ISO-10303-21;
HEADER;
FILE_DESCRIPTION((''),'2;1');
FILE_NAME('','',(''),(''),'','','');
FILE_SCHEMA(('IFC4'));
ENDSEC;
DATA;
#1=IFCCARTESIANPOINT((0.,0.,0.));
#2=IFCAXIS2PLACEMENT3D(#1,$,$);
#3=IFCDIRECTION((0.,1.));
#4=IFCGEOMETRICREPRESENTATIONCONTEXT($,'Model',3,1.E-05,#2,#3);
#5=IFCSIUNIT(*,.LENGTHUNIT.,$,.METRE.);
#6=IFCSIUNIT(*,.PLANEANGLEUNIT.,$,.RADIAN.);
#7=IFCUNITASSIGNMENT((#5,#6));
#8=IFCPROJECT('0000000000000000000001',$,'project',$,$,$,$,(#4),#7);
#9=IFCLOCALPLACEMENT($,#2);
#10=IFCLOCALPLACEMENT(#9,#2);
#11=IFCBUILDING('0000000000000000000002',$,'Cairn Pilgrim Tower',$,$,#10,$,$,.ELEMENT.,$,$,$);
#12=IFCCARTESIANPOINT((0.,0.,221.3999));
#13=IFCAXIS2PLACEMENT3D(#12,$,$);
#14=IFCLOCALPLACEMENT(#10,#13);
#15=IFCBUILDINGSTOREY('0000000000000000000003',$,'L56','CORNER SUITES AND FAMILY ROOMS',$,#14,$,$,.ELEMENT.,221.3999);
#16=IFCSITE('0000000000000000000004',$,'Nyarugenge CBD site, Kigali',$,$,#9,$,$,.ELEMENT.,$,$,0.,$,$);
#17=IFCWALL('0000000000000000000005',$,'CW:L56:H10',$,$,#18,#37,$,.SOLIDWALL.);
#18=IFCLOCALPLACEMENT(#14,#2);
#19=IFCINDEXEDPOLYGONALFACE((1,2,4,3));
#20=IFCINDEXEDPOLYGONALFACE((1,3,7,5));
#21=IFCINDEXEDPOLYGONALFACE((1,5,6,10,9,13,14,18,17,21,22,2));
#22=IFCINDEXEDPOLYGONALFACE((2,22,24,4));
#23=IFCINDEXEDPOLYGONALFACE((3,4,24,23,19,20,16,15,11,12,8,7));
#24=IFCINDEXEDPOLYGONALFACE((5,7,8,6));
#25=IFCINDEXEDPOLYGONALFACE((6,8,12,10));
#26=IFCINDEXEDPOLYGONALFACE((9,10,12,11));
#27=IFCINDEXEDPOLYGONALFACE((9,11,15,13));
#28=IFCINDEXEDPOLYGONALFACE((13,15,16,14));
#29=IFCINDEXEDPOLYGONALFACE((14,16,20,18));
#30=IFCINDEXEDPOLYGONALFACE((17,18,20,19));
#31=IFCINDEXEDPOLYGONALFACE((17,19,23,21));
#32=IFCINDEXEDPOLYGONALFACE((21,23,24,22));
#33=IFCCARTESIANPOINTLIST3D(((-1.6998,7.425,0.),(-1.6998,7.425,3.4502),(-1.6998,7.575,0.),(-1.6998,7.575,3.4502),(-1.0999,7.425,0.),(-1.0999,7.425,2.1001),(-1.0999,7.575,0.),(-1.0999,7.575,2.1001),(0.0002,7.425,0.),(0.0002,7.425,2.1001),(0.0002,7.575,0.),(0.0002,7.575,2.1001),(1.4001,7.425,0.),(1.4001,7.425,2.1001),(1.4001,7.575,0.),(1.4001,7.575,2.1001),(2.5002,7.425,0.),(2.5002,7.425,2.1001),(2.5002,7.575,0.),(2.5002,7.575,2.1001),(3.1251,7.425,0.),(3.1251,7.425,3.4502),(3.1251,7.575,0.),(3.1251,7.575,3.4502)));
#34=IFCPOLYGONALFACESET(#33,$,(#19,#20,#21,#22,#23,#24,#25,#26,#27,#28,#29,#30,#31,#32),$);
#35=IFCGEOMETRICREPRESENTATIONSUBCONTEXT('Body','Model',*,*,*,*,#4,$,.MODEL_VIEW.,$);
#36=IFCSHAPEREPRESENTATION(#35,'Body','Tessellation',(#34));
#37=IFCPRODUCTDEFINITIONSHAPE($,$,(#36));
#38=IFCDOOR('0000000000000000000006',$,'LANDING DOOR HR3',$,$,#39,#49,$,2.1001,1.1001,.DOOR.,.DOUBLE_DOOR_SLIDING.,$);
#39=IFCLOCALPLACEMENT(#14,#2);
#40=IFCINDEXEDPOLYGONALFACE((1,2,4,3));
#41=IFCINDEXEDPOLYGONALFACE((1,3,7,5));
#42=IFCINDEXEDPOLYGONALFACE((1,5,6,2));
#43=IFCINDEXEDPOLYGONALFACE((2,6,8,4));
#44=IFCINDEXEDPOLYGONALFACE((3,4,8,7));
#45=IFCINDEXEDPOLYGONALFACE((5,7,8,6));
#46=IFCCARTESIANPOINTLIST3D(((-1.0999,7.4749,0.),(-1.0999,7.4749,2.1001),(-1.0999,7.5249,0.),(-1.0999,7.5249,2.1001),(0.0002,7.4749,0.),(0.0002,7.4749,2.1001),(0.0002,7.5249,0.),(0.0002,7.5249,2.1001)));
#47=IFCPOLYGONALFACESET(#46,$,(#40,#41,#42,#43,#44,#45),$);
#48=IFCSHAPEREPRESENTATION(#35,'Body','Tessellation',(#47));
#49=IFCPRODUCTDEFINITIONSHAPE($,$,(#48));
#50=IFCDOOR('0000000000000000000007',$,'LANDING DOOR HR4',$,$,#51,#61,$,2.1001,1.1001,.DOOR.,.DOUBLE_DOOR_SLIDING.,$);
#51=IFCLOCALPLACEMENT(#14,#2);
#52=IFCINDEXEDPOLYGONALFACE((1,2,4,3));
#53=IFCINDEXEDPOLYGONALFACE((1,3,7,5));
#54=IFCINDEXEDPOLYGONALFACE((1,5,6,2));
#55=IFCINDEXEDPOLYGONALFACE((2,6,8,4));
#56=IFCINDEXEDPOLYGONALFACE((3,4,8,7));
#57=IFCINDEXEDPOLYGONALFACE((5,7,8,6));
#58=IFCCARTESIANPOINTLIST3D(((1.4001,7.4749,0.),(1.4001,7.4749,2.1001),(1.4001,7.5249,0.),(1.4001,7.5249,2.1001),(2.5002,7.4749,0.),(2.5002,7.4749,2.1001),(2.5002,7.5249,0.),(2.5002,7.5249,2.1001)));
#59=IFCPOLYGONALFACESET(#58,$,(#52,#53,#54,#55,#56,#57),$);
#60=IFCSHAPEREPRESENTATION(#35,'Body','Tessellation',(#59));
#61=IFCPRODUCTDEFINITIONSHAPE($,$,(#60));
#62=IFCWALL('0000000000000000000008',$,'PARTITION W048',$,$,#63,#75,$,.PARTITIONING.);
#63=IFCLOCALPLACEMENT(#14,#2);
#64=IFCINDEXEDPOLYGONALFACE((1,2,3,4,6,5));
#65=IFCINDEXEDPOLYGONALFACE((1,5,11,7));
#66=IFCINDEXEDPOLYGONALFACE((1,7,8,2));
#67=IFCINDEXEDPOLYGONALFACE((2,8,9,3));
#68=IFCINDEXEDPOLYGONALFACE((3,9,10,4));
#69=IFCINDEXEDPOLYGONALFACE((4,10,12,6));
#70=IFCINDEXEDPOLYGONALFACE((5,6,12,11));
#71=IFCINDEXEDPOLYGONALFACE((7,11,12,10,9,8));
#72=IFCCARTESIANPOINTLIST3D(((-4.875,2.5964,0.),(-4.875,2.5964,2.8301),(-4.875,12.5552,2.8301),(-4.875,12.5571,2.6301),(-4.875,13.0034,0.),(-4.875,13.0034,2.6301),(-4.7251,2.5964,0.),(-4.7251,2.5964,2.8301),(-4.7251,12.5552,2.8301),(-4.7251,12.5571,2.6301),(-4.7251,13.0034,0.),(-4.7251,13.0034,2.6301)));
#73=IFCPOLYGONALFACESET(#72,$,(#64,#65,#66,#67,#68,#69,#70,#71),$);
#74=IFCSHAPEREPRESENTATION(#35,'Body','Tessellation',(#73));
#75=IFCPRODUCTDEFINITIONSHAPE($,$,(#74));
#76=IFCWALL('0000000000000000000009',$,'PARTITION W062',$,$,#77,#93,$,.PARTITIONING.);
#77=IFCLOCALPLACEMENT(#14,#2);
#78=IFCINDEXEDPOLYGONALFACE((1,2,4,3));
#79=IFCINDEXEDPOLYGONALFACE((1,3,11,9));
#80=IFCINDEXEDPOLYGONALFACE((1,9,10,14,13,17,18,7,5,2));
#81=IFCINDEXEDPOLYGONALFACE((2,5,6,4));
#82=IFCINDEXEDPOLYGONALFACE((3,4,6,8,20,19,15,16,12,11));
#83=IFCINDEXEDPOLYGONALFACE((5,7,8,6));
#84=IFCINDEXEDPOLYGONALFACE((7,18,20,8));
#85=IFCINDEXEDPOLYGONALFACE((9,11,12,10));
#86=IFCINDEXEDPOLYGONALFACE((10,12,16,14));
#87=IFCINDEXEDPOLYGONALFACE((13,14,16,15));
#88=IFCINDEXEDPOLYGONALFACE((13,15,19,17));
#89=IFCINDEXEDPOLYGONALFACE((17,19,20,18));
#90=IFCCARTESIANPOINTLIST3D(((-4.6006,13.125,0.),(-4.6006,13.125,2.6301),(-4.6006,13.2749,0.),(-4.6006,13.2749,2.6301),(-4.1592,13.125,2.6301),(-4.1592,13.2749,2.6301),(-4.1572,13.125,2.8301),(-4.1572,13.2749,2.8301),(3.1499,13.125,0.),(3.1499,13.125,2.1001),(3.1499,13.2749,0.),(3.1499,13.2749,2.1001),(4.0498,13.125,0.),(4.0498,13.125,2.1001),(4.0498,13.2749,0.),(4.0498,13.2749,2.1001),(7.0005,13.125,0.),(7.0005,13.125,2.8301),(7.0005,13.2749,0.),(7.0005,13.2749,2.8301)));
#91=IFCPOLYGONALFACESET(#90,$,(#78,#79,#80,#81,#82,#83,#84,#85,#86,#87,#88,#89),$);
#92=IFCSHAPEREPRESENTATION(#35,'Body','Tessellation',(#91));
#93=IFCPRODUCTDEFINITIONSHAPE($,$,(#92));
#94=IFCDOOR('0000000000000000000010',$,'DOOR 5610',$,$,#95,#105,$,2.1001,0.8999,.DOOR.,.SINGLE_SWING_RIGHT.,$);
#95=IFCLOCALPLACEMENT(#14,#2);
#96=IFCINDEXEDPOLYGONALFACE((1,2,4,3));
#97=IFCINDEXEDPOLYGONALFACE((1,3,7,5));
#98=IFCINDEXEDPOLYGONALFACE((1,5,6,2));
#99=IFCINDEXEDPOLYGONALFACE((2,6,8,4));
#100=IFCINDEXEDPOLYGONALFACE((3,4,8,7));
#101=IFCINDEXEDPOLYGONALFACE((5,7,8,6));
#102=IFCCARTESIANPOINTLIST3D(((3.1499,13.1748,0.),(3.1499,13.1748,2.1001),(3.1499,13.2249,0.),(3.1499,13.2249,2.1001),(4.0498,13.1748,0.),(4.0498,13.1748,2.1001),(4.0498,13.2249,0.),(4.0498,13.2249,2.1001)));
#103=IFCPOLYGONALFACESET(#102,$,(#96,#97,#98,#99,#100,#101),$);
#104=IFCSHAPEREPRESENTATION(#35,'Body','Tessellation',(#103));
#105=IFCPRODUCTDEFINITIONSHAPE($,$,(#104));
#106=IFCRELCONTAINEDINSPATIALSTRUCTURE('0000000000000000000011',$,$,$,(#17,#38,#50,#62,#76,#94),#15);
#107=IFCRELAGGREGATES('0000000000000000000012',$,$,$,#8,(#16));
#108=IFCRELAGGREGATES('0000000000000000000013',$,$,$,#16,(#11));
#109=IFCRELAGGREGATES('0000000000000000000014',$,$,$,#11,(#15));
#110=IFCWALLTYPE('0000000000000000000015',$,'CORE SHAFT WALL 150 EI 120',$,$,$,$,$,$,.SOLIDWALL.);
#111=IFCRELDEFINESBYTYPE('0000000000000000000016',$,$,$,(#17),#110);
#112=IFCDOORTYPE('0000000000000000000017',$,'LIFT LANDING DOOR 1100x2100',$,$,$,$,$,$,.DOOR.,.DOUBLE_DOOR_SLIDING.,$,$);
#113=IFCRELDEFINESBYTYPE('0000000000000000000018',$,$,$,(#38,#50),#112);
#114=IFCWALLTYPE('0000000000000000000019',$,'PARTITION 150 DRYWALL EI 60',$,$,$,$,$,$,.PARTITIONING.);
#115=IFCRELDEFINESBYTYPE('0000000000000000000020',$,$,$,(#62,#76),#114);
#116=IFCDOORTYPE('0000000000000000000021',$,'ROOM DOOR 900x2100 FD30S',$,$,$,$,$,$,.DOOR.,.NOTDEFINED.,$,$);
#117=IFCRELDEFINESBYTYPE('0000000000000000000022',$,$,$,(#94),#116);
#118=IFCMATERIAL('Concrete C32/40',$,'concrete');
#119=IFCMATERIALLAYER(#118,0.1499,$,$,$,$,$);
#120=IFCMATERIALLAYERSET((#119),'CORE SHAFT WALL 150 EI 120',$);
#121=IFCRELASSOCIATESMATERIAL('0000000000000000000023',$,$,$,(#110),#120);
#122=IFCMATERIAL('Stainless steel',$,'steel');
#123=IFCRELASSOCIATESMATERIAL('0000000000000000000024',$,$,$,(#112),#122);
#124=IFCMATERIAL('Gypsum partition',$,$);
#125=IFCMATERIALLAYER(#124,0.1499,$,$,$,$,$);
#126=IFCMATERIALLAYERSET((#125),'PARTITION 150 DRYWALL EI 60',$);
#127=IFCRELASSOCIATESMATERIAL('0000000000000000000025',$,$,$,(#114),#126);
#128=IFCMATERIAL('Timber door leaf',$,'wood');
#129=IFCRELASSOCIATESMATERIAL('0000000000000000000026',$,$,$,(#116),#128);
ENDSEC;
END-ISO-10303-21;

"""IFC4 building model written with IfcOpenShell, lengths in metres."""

from ifc_helpers import new_model, si_unit, direction, frame, frame_2d, origin, place, context, subcontext, project, spatial, polyline, rectangle, outline, extrude, material, layer, layer_set, type_object, element, fill, save


model = new_model("IFC4")

# Units and contexts
model_context = context("Model", 3, precision=1e-05, world=origin(), true_north=direction((0.0, 1.0)))
body_context = subcontext(model_context, "Body", "Model", "MODEL_VIEW")
ifc_project = project(units=[si_unit("LENGTHUNIT", "METRE"), si_unit("PLANEANGLEUNIT", "RADIAN")], contexts=[model_context])

# Site, building, storey
site_placement = place(None, origin())
site = spatial("IfcSite", under=ifc_project, at=site_placement, Name="Nyarugenge CBD site, Kigali", CompositionType="ELEMENT", RefElevation=0.0)
building_placement = place(site_placement, origin())
building = spatial("IfcBuilding", under=site, at=building_placement, Name="Cairn Pilgrim Tower", CompositionType="ELEMENT")
storey_placement = place(building_placement, frame((0.0, 0.0, 221.3999)))
storey = spatial("IfcBuildingStorey", under=building, at=storey_placement, Name="L56", Description="CORNER SUITES AND FAMILY ROOMS", CompositionType="ELEMENT", Elevation=221.3999)

# Shared definitions
ifc_material_1 = material(Name="Concrete C32/40", Category="concrete")
ifc_layer_1 = layer(ifc_material_1, 0.1499)
ifc_layer_set_1 = layer_set([ifc_layer_1], Name="CORE SHAFT WALL 150 EI 120")
wall_type_1 = type_object("IfcWallType", Name="CORE SHAFT WALL 150 EI 120", PredefinedType="SOLIDWALL", material=ifc_layer_set_1)

# Wall, openings, doors
ifc_material_2 = material(Name="Stainless steel", Category="steel")
door_type_1 = type_object("IfcDoorType", Name="LIFT LANDING DOOR 1100x2100", OperationType="DOUBLE_DOOR_SLIDING", PredefinedType="DOOR", material=ifc_material_2)
wall_1_placement = place(storey_placement, frame((-1.7, 7.5, 0.0), z_axis=(0.0, 0.0, 1.0), x_axis=(1.0, 0.0, 0.0)))
wall_1 = element("IfcWall", 1, at=wall_1_placement, inside=storey, type_object=wall_type_1, Name="CW:L56:H10", PredefinedType="SOLIDWALL", context=body_context, shape_type="SweptSolid", body=[
    extrude(rectangle(XDim=4.825, YDim=0.1499, at=frame_2d((2.4126, 0.0))), origin(), (0.0, 0.0, 1.0), 3.4502),
])
opening_1_placement = place(wall_1_placement, frame((0.6001, 0.0, 0.0)))
opening_1 = element("IfcOpeningElement", 2, at=opening_1_placement, cuts=wall_1, PredefinedType="OPENING", context=body_context, shape_type="SweptSolid", body=[
    extrude(rectangle(XDim=1.1001, YDim=2.1001, at=frame_2d((0.55, 1.05))), frame((0.0, 0.085, 0.0), z_axis=(0.0, -1.0, 0.0), x_axis=(1.0, 0.0, 0.0)), (0.0, 0.0, 1.0), 0.1699),
])
opening_2_placement = place(wall_1_placement, frame((3.1001, 0.0, 0.0)))
opening_2 = element("IfcOpeningElement", 3, at=opening_2_placement, cuts=wall_1, PredefinedType="OPENING", context=body_context, shape_type="SweptSolid", body=[
    extrude(rectangle(XDim=1.1001, YDim=2.1001, at=frame_2d((0.55, 1.05))), frame((0.0, 0.085, 0.0), z_axis=(0.0, -1.0, 0.0), x_axis=(1.0, 0.0, 0.0)), (0.0, 0.0, 1.0), 0.1699),
])
door_1_placement = place(opening_1_placement, origin())
door_1 = element("IfcDoor", 4, at=door_1_placement, inside=storey, type_object=door_type_1, Name="LANDING DOOR HR3", OperationType="DOUBLE_DOOR_SLIDING", OverallHeight=2.1001, OverallWidth=1.1001, PredefinedType="DOOR", context=body_context, shape_type="SweptSolid", body=[
    extrude(rectangle(XDim=1.1001, YDim=2.1001, at=frame_2d((0.55, 1.05))), frame((0.0, 0.0249, 0.0), z_axis=(0.0, -1.0, 0.0), x_axis=(1.0, 0.0, 0.0)), (0.0, 0.0, 1.0), 0.05),
])
fill(opening_1, door_1)
door_2_placement = place(opening_2_placement, origin())
door_2 = element("IfcDoor", 5, at=door_2_placement, inside=storey, type_object=door_type_1, Name="LANDING DOOR HR4", OperationType="DOUBLE_DOOR_SLIDING", OverallHeight=2.1001, OverallWidth=1.1001, PredefinedType="DOOR", context=body_context, shape_type="SweptSolid", body=[
    extrude(rectangle(XDim=1.1001, YDim=2.1001, at=frame_2d((0.55, 1.05))), frame((0.0, 0.0249, 0.0), z_axis=(0.0, -1.0, 0.0), x_axis=(1.0, 0.0, 0.0)), (0.0, 0.0, 1.0), 0.05),
])
fill(opening_2, door_2)

# Wall
ifc_material_3 = material(Name="Gypsum partition")
ifc_layer_2 = layer(ifc_material_3, 0.1499)
ifc_layer_set_2 = layer_set([ifc_layer_2], Name="PARTITION 150 DRYWALL EI 60")
wall_type_2 = type_object("IfcWallType", Name="PARTITION 150 DRYWALL EI 60", PredefinedType="PARTITIONING", material=ifc_layer_set_2)
wall_2_placement = place(storey_placement, frame((-4.8, 2.5964, 0.0), z_axis=(0.0, 0.0, 1.0), x_axis=(0.0, 1.0, 0.0)))
element("IfcWall", 6, at=wall_2_placement, inside=storey, type_object=wall_type_2, Name="PARTITION W048", PredefinedType="PARTITIONING", context=body_context, shape_type="SweptSolid", body=[
    extrude(outline(polyline([(0.0, 0.0), (10.407, 0.0), (10.407, 2.6301), (9.9607, 2.6301), (9.9587, 2.8301), (0.0, 2.8301), (0.0, 0.0)])), frame((0.0, 0.075, 0.0), z_axis=(0.0, -1.0, 0.0), x_axis=(1.0, 0.0, 0.0)), (0.0, 0.0, 1.0), 0.1499),
])

# Wall, opening, door
wall_3_placement = place(storey_placement, frame((-4.6006, 13.2, 0.0), z_axis=(0.0, 0.0, 1.0), x_axis=(1.0, 0.0, 0.0)))
wall_3 = element("IfcWall", 7, at=wall_3_placement, inside=storey, type_object=wall_type_2, Name="PARTITION W062", PredefinedType="PARTITIONING", context=body_context, shape_type="SweptSolid", body=[
    extrude(outline(polyline([(0.0, 0.0), (11.6011, 0.0), (11.6011, 2.8301), (0.4434, 2.8301), (0.4414, 2.6301), (0.0, 2.6301), (0.0, 0.0)])), frame((0.0, 0.075, 0.0), z_axis=(0.0, -1.0, 0.0), x_axis=(1.0, 0.0, 0.0)), (0.0, 0.0, 1.0), 0.1499),
])
opening_3_placement = place(wall_3_placement, frame((7.7505, 0.0, 0.0)))
opening_3 = element("IfcOpeningElement", 8, at=opening_3_placement, cuts=wall_3, PredefinedType="OPENING", context=body_context, shape_type="SweptSolid", body=[
    extrude(rectangle(XDim=0.8999, YDim=2.1001, at=frame_2d((0.45, 1.05))), frame((0.0, 0.085, 0.0), z_axis=(0.0, -1.0, 0.0), x_axis=(1.0, 0.0, 0.0)), (0.0, 0.0, 1.0), 0.1699),
])
ifc_material_4 = material(Name="Timber door leaf", Category="wood")
door_type_2 = type_object("IfcDoorType", Name="ROOM DOOR 900x2100 FD30S", OperationType="NOTDEFINED", PredefinedType="DOOR", material=ifc_material_4)
door_3_placement = place(opening_3_placement, origin())
door_3 = element("IfcDoor", 9, at=door_3_placement, inside=storey, type_object=door_type_2, Name="DOOR 5610", OperationType="SINGLE_SWING_RIGHT", OverallHeight=2.1001, OverallWidth=0.8999, PredefinedType="DOOR", context=body_context, shape_type="SweptSolid", body=[
    extrude(rectangle(XDim=0.8999, YDim=2.1001, at=frame_2d((0.45, 1.05))), frame((0.0, 0.0249, 0.0), z_axis=(0.0, -1.0, 0.0), x_axis=(1.0, 0.0, 0.0)), (0.0, 0.0, 1.0), 0.05),
])
fill(opening_3, door_3)

save(model, "model.ifc")
